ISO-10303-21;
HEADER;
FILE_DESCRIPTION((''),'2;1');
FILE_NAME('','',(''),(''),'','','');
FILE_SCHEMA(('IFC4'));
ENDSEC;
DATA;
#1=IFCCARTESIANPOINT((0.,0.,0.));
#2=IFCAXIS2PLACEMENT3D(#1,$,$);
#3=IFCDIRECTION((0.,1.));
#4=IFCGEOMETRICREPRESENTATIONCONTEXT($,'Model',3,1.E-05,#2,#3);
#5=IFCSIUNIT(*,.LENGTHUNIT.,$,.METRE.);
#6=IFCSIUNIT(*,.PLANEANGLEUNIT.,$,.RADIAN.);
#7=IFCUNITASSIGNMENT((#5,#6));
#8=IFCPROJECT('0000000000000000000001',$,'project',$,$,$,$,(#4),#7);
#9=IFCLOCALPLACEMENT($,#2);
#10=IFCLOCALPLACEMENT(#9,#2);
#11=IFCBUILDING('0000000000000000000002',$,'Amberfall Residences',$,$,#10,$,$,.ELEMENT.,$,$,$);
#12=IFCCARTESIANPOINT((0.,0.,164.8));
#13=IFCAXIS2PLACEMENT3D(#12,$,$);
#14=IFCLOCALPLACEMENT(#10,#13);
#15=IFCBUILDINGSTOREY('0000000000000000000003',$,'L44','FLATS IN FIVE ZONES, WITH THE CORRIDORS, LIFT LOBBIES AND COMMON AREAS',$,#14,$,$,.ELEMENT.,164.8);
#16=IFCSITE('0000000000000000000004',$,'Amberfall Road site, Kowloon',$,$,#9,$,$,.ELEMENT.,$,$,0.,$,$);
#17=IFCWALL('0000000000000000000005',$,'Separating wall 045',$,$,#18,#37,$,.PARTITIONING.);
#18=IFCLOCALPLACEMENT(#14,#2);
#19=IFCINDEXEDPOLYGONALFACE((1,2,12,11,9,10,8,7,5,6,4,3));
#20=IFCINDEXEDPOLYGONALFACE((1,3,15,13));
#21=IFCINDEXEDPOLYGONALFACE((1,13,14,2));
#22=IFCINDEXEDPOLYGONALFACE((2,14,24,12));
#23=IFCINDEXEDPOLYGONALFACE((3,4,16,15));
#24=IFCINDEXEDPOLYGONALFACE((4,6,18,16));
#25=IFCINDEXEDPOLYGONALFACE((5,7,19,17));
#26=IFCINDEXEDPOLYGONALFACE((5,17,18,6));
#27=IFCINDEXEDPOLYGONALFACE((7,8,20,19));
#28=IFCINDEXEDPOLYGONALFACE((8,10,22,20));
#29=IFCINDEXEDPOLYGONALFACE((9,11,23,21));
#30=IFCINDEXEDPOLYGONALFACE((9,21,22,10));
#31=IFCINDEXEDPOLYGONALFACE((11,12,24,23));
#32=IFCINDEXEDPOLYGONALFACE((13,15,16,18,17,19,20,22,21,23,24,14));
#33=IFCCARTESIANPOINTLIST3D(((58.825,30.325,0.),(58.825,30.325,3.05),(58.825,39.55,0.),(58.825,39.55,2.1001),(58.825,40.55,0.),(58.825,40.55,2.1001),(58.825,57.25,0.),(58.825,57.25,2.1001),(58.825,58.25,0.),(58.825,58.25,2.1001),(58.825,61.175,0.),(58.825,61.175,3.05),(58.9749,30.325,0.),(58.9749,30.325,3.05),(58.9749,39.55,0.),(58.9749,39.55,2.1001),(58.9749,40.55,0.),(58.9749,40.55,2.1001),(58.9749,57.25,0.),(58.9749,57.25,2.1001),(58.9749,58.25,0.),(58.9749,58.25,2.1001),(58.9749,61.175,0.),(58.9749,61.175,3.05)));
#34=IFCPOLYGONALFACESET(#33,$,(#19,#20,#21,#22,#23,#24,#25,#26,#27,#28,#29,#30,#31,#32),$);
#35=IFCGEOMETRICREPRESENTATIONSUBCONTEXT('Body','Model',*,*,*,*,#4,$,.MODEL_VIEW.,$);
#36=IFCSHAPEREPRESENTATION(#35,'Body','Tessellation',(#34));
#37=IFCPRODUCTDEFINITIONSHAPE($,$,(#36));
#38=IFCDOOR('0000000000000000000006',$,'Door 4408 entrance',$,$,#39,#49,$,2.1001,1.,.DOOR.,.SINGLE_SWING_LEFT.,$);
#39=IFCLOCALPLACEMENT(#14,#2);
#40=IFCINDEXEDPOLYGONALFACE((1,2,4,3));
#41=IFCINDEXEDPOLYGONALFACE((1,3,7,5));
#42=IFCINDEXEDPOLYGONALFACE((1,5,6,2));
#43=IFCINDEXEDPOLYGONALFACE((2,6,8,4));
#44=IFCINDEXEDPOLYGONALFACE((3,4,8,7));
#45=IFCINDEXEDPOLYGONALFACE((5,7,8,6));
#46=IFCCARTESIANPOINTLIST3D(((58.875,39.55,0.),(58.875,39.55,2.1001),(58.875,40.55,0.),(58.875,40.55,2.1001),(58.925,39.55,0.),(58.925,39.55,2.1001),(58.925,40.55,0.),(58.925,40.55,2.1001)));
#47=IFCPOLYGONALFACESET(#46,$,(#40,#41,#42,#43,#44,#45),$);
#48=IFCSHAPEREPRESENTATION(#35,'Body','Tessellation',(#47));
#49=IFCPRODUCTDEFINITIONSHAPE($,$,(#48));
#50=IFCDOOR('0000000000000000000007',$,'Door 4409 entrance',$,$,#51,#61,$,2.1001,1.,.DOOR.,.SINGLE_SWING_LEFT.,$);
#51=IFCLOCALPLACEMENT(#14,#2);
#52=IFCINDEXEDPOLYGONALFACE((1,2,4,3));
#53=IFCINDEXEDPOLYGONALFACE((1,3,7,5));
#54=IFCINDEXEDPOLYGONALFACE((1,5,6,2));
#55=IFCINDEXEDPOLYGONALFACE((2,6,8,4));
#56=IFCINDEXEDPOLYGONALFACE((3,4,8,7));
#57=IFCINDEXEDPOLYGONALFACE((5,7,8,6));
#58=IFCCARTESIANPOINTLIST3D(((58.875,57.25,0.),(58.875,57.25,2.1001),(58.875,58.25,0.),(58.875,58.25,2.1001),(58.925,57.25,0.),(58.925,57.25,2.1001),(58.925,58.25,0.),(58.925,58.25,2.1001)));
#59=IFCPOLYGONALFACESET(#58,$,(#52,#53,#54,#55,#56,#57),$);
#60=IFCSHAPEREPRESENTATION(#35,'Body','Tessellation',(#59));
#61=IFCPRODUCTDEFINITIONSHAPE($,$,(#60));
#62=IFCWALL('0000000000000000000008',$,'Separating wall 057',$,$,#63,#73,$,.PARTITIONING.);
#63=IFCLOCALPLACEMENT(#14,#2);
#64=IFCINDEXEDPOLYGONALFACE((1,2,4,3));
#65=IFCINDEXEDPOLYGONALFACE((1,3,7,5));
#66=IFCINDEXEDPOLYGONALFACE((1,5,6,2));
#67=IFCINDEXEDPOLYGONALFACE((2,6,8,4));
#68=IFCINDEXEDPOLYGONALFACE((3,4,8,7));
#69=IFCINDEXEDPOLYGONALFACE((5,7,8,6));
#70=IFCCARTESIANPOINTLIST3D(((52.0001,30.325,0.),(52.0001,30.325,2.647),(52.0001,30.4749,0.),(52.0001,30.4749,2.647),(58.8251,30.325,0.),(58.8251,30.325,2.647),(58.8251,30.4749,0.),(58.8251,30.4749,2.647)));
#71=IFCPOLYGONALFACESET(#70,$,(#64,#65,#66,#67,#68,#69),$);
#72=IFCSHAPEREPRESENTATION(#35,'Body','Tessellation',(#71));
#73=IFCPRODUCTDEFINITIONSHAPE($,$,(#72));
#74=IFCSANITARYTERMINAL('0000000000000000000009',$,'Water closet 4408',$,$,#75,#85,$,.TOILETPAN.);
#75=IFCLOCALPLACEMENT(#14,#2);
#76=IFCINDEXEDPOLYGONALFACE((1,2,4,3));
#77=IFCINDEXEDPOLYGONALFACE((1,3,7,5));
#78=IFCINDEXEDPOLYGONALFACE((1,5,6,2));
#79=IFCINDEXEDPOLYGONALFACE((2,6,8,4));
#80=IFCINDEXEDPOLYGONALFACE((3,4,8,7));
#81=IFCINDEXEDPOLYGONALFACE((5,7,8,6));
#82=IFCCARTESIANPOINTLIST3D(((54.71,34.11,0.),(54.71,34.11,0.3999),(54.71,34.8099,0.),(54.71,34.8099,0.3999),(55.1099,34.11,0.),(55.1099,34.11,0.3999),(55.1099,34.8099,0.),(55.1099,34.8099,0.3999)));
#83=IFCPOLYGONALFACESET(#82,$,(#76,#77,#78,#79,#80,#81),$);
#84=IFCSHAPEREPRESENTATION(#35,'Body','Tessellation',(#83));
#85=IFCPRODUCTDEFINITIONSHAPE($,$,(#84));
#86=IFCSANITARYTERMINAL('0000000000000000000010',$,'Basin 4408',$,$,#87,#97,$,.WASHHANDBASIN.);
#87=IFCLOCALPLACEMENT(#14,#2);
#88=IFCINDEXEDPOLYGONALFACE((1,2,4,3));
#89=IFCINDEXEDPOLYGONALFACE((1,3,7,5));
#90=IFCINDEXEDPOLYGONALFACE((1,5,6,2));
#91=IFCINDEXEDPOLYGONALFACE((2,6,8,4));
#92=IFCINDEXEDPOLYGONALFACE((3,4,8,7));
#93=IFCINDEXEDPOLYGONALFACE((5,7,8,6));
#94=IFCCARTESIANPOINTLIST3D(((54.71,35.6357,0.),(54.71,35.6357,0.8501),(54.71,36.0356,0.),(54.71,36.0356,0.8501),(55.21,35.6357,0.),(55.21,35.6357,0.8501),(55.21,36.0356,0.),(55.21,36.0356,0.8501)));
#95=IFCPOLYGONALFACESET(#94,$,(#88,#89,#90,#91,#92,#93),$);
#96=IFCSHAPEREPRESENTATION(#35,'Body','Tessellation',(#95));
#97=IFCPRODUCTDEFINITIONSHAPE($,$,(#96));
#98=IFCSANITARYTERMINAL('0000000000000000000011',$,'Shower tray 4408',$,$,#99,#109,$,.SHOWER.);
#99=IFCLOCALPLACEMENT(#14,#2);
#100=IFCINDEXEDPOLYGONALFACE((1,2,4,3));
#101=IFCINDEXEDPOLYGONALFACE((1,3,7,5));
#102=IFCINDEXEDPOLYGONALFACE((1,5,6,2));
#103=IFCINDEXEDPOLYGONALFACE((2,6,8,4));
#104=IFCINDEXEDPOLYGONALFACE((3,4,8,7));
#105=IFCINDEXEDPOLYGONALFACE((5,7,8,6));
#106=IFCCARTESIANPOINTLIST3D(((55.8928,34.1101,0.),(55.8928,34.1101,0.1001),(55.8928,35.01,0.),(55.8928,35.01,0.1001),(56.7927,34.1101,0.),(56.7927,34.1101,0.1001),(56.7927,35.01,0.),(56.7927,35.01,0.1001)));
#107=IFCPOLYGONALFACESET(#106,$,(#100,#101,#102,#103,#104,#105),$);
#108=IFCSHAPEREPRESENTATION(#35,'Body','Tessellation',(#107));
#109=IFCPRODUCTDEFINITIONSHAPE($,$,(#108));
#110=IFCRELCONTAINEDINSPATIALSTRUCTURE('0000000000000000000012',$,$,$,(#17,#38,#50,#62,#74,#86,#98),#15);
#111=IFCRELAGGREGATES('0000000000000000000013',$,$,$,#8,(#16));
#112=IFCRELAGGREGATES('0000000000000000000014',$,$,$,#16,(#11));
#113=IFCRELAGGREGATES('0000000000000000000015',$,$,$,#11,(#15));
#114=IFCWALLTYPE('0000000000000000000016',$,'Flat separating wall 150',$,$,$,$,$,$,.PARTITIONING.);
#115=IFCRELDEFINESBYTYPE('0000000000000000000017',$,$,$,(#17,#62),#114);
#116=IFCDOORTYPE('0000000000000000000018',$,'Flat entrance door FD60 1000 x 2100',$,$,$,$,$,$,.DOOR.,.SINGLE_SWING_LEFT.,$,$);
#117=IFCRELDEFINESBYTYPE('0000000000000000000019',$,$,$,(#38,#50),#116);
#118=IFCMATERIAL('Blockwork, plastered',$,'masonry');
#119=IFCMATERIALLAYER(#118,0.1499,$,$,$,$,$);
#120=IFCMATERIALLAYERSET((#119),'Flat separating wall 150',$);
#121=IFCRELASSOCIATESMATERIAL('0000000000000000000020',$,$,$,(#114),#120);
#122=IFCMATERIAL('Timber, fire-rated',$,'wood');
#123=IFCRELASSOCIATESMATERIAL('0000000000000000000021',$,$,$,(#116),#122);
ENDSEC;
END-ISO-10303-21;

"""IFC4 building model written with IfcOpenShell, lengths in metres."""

from ifc_helpers import new_model, si_unit, direction, frame, frame_2d, origin, origin_2d, place, context, subcontext, project, spatial, rectangle, extrude, material, layer, layer_set, type_object, element, fill, save


model = new_model("IFC4")

# Units and contexts
model_context = context("Model", 3, precision=1e-05, world=origin(), true_north=direction((0.0, 1.0)))
body_context = subcontext(model_context, "Body", "Model", "MODEL_VIEW")
ifc_project = project(units=[si_unit("LENGTHUNIT", "METRE"), si_unit("PLANEANGLEUNIT", "RADIAN")], contexts=[model_context])

# Site, building, storey
site_placement = place(None, origin())
site = spatial("IfcSite", under=ifc_project, at=site_placement, Name="Amberfall Road site, Kowloon", CompositionType="ELEMENT", RefElevation=0.0)
building_placement = place(site_placement, origin())
building = spatial("IfcBuilding", under=site, at=building_placement, Name="Amberfall Residences", CompositionType="ELEMENT")
storey_placement = place(building_placement, frame((0.0, 0.0, 164.8)))
storey = spatial("IfcBuildingStorey", under=building, at=storey_placement, Name="L44", Description="FLATS IN FIVE ZONES, WITH THE CORRIDORS, LIFT LOBBIES AND COMMON AREAS", CompositionType="ELEMENT", Elevation=164.8)

# Wall, openings, doors
ifc_material_1 = material(Name="Blockwork, plastered", Category="masonry")
ifc_layer_1 = layer(ifc_material_1, 0.1499)
ifc_layer_set_1 = layer_set([ifc_layer_1], Name="Flat separating wall 150")
wall_type_1 = type_object("IfcWallType", Name="Flat separating wall 150", PredefinedType="PARTITIONING", material=ifc_layer_set_1)
wall_1_placement = place(storey_placement, frame((58.8999, 30.325, 0.0), z_axis=(0.0, 0.0, 1.0), x_axis=(0.0, 1.0, 0.0)))
wall_1 = element("IfcWall", 1, at=wall_1_placement, inside=storey, type_object=wall_type_1, Name="Separating wall 045", PredefinedType="PARTITIONING", context=body_context, shape_type="SweptSolid", body=[
    extrude(rectangle(XDim=30.8501, YDim=0.1499, at=frame_2d((15.425, 0.0))), origin(), (0.0, 0.0, 1.0), 3.05),
])
opening_1_placement = place(wall_1_placement, frame((9.2251, 0.0, 0.0)))
opening_1 = element("IfcOpeningElement", 2, at=opening_1_placement, cuts=wall_1, PredefinedType="OPENING", context=body_context, shape_type="SweptSolid", body=[
    extrude(rectangle(XDim=1.0, YDim=2.1001, at=frame_2d((0.5, 1.05))), frame((0.0, 0.085, 0.0), z_axis=(0.0, -1.0, 0.0), x_axis=(1.0, 0.0, 0.0)), (0.0, 0.0, 1.0), 0.1699),
])
opening_2_placement = place(wall_1_placement, frame((26.925, 0.0, 0.0)))
opening_2 = element("IfcOpeningElement", 3, at=opening_2_placement, cuts=wall_1, PredefinedType="OPENING", context=body_context, shape_type="SweptSolid", body=[
    extrude(rectangle(XDim=1.0, YDim=2.1001, at=frame_2d((0.5, 1.05))), frame((0.0, 0.085, 0.0), z_axis=(0.0, -1.0, 0.0), x_axis=(1.0, 0.0, 0.0)), (0.0, 0.0, 1.0), 0.1699),
])
ifc_material_2 = material(Name="Timber, fire-rated", Category="wood")
door_type_1 = type_object("IfcDoorType", Name="Flat entrance door FD60 1000 x 2100", OperationType="SINGLE_SWING_LEFT", PredefinedType="DOOR", material=ifc_material_2)
door_1_placement = place(opening_1_placement, origin())
door_1 = element("IfcDoor", 4, at=door_1_placement, inside=storey, type_object=door_type_1, Name="Door 4408 entrance", OperationType="SINGLE_SWING_LEFT", OverallHeight=2.1001, OverallWidth=1.0, PredefinedType="DOOR", context=body_context, shape_type="SweptSolid", body=[
    extrude(rectangle(XDim=1.0, YDim=2.1001, at=frame_2d((0.5, 1.05))), frame((0.0, 0.0249, 0.0), z_axis=(0.0, -1.0, 0.0), x_axis=(1.0, 0.0, 0.0)), (0.0, 0.0, 1.0), 0.05),
])
fill(opening_1, door_1)
door_2_placement = place(opening_2_placement, origin())
door_2 = element("IfcDoor", 5, at=door_2_placement, inside=storey, type_object=door_type_1, Name="Door 4409 entrance", OperationType="SINGLE_SWING_LEFT", OverallHeight=2.1001, OverallWidth=1.0, PredefinedType="DOOR", context=body_context, shape_type="SweptSolid", body=[
    extrude(rectangle(XDim=1.0, YDim=2.1001, at=frame_2d((0.5, 1.05))), frame((0.0, 0.0249, 0.0), z_axis=(0.0, -1.0, 0.0), x_axis=(1.0, 0.0, 0.0)), (0.0, 0.0, 1.0), 0.05),
])
fill(opening_2, door_2)

# Wall
wall_2_placement = place(storey_placement, frame((52.0, 30.3999, 0.0), z_axis=(0.0, 0.0, 1.0), x_axis=(1.0, 0.0, 0.0)))
element("IfcWall", 6, at=wall_2_placement, inside=storey, type_object=wall_type_1, Name="Separating wall 057", PredefinedType="PARTITIONING", context=body_context, shape_type="SweptSolid", body=[
    extrude(rectangle(XDim=6.825, YDim=0.1499, at=frame_2d((3.4126, 0.0))), origin(), (0.0, 0.0, 1.0), 2.647),
])

# Sanitary terminals
sanitary_terminal_1_placement = place(storey_placement, frame((54.9099, 34.46, 0.0), z_axis=(0.0, 0.0, 1.0), x_axis=(1.0, 0.0, 0.0)))
element("IfcSanitaryTerminal", 7, at=sanitary_terminal_1_placement, inside=storey, Name="Water closet 4408", PredefinedType="TOILETPAN", context=body_context, shape_type="SweptSolid", body=[
    extrude(rectangle(XDim=0.3999, YDim=0.7, at=origin_2d()), origin(), (0.0, 0.0, 1.0), 0.3999),
])
sanitary_terminal_2_placement = place(storey_placement, frame((54.96, 35.8357, 0.0), z_axis=(0.0, 0.0, 1.0), x_axis=(1.0, 0.0, 0.0)))
element("IfcSanitaryTerminal", 8, at=sanitary_terminal_2_placement, inside=storey, Name="Basin 4408", PredefinedType="WASHHANDBASIN", context=body_context, shape_type="SweptSolid", body=[
    extrude(rectangle(XDim=0.5, YDim=0.3999, at=origin_2d()), origin(), (0.0, 0.0, 1.0), 0.8501),
])
sanitary_terminal_3_placement = place(storey_placement, frame((56.3428, 34.5601, 0.0), z_axis=(0.0, 0.0, 1.0), x_axis=(1.0, 0.0, 0.0)))
element("IfcSanitaryTerminal", 9, at=sanitary_terminal_3_placement, inside=storey, Name="Shower tray 4408", PredefinedType="SHOWER", context=body_context, shape_type="SweptSolid", body=[
    extrude(rectangle(XDim=0.8999, YDim=0.8999, at=origin_2d()), origin(), (0.0, 0.0, 1.0), 0.1001),
])

save(model, "model.ifc")
